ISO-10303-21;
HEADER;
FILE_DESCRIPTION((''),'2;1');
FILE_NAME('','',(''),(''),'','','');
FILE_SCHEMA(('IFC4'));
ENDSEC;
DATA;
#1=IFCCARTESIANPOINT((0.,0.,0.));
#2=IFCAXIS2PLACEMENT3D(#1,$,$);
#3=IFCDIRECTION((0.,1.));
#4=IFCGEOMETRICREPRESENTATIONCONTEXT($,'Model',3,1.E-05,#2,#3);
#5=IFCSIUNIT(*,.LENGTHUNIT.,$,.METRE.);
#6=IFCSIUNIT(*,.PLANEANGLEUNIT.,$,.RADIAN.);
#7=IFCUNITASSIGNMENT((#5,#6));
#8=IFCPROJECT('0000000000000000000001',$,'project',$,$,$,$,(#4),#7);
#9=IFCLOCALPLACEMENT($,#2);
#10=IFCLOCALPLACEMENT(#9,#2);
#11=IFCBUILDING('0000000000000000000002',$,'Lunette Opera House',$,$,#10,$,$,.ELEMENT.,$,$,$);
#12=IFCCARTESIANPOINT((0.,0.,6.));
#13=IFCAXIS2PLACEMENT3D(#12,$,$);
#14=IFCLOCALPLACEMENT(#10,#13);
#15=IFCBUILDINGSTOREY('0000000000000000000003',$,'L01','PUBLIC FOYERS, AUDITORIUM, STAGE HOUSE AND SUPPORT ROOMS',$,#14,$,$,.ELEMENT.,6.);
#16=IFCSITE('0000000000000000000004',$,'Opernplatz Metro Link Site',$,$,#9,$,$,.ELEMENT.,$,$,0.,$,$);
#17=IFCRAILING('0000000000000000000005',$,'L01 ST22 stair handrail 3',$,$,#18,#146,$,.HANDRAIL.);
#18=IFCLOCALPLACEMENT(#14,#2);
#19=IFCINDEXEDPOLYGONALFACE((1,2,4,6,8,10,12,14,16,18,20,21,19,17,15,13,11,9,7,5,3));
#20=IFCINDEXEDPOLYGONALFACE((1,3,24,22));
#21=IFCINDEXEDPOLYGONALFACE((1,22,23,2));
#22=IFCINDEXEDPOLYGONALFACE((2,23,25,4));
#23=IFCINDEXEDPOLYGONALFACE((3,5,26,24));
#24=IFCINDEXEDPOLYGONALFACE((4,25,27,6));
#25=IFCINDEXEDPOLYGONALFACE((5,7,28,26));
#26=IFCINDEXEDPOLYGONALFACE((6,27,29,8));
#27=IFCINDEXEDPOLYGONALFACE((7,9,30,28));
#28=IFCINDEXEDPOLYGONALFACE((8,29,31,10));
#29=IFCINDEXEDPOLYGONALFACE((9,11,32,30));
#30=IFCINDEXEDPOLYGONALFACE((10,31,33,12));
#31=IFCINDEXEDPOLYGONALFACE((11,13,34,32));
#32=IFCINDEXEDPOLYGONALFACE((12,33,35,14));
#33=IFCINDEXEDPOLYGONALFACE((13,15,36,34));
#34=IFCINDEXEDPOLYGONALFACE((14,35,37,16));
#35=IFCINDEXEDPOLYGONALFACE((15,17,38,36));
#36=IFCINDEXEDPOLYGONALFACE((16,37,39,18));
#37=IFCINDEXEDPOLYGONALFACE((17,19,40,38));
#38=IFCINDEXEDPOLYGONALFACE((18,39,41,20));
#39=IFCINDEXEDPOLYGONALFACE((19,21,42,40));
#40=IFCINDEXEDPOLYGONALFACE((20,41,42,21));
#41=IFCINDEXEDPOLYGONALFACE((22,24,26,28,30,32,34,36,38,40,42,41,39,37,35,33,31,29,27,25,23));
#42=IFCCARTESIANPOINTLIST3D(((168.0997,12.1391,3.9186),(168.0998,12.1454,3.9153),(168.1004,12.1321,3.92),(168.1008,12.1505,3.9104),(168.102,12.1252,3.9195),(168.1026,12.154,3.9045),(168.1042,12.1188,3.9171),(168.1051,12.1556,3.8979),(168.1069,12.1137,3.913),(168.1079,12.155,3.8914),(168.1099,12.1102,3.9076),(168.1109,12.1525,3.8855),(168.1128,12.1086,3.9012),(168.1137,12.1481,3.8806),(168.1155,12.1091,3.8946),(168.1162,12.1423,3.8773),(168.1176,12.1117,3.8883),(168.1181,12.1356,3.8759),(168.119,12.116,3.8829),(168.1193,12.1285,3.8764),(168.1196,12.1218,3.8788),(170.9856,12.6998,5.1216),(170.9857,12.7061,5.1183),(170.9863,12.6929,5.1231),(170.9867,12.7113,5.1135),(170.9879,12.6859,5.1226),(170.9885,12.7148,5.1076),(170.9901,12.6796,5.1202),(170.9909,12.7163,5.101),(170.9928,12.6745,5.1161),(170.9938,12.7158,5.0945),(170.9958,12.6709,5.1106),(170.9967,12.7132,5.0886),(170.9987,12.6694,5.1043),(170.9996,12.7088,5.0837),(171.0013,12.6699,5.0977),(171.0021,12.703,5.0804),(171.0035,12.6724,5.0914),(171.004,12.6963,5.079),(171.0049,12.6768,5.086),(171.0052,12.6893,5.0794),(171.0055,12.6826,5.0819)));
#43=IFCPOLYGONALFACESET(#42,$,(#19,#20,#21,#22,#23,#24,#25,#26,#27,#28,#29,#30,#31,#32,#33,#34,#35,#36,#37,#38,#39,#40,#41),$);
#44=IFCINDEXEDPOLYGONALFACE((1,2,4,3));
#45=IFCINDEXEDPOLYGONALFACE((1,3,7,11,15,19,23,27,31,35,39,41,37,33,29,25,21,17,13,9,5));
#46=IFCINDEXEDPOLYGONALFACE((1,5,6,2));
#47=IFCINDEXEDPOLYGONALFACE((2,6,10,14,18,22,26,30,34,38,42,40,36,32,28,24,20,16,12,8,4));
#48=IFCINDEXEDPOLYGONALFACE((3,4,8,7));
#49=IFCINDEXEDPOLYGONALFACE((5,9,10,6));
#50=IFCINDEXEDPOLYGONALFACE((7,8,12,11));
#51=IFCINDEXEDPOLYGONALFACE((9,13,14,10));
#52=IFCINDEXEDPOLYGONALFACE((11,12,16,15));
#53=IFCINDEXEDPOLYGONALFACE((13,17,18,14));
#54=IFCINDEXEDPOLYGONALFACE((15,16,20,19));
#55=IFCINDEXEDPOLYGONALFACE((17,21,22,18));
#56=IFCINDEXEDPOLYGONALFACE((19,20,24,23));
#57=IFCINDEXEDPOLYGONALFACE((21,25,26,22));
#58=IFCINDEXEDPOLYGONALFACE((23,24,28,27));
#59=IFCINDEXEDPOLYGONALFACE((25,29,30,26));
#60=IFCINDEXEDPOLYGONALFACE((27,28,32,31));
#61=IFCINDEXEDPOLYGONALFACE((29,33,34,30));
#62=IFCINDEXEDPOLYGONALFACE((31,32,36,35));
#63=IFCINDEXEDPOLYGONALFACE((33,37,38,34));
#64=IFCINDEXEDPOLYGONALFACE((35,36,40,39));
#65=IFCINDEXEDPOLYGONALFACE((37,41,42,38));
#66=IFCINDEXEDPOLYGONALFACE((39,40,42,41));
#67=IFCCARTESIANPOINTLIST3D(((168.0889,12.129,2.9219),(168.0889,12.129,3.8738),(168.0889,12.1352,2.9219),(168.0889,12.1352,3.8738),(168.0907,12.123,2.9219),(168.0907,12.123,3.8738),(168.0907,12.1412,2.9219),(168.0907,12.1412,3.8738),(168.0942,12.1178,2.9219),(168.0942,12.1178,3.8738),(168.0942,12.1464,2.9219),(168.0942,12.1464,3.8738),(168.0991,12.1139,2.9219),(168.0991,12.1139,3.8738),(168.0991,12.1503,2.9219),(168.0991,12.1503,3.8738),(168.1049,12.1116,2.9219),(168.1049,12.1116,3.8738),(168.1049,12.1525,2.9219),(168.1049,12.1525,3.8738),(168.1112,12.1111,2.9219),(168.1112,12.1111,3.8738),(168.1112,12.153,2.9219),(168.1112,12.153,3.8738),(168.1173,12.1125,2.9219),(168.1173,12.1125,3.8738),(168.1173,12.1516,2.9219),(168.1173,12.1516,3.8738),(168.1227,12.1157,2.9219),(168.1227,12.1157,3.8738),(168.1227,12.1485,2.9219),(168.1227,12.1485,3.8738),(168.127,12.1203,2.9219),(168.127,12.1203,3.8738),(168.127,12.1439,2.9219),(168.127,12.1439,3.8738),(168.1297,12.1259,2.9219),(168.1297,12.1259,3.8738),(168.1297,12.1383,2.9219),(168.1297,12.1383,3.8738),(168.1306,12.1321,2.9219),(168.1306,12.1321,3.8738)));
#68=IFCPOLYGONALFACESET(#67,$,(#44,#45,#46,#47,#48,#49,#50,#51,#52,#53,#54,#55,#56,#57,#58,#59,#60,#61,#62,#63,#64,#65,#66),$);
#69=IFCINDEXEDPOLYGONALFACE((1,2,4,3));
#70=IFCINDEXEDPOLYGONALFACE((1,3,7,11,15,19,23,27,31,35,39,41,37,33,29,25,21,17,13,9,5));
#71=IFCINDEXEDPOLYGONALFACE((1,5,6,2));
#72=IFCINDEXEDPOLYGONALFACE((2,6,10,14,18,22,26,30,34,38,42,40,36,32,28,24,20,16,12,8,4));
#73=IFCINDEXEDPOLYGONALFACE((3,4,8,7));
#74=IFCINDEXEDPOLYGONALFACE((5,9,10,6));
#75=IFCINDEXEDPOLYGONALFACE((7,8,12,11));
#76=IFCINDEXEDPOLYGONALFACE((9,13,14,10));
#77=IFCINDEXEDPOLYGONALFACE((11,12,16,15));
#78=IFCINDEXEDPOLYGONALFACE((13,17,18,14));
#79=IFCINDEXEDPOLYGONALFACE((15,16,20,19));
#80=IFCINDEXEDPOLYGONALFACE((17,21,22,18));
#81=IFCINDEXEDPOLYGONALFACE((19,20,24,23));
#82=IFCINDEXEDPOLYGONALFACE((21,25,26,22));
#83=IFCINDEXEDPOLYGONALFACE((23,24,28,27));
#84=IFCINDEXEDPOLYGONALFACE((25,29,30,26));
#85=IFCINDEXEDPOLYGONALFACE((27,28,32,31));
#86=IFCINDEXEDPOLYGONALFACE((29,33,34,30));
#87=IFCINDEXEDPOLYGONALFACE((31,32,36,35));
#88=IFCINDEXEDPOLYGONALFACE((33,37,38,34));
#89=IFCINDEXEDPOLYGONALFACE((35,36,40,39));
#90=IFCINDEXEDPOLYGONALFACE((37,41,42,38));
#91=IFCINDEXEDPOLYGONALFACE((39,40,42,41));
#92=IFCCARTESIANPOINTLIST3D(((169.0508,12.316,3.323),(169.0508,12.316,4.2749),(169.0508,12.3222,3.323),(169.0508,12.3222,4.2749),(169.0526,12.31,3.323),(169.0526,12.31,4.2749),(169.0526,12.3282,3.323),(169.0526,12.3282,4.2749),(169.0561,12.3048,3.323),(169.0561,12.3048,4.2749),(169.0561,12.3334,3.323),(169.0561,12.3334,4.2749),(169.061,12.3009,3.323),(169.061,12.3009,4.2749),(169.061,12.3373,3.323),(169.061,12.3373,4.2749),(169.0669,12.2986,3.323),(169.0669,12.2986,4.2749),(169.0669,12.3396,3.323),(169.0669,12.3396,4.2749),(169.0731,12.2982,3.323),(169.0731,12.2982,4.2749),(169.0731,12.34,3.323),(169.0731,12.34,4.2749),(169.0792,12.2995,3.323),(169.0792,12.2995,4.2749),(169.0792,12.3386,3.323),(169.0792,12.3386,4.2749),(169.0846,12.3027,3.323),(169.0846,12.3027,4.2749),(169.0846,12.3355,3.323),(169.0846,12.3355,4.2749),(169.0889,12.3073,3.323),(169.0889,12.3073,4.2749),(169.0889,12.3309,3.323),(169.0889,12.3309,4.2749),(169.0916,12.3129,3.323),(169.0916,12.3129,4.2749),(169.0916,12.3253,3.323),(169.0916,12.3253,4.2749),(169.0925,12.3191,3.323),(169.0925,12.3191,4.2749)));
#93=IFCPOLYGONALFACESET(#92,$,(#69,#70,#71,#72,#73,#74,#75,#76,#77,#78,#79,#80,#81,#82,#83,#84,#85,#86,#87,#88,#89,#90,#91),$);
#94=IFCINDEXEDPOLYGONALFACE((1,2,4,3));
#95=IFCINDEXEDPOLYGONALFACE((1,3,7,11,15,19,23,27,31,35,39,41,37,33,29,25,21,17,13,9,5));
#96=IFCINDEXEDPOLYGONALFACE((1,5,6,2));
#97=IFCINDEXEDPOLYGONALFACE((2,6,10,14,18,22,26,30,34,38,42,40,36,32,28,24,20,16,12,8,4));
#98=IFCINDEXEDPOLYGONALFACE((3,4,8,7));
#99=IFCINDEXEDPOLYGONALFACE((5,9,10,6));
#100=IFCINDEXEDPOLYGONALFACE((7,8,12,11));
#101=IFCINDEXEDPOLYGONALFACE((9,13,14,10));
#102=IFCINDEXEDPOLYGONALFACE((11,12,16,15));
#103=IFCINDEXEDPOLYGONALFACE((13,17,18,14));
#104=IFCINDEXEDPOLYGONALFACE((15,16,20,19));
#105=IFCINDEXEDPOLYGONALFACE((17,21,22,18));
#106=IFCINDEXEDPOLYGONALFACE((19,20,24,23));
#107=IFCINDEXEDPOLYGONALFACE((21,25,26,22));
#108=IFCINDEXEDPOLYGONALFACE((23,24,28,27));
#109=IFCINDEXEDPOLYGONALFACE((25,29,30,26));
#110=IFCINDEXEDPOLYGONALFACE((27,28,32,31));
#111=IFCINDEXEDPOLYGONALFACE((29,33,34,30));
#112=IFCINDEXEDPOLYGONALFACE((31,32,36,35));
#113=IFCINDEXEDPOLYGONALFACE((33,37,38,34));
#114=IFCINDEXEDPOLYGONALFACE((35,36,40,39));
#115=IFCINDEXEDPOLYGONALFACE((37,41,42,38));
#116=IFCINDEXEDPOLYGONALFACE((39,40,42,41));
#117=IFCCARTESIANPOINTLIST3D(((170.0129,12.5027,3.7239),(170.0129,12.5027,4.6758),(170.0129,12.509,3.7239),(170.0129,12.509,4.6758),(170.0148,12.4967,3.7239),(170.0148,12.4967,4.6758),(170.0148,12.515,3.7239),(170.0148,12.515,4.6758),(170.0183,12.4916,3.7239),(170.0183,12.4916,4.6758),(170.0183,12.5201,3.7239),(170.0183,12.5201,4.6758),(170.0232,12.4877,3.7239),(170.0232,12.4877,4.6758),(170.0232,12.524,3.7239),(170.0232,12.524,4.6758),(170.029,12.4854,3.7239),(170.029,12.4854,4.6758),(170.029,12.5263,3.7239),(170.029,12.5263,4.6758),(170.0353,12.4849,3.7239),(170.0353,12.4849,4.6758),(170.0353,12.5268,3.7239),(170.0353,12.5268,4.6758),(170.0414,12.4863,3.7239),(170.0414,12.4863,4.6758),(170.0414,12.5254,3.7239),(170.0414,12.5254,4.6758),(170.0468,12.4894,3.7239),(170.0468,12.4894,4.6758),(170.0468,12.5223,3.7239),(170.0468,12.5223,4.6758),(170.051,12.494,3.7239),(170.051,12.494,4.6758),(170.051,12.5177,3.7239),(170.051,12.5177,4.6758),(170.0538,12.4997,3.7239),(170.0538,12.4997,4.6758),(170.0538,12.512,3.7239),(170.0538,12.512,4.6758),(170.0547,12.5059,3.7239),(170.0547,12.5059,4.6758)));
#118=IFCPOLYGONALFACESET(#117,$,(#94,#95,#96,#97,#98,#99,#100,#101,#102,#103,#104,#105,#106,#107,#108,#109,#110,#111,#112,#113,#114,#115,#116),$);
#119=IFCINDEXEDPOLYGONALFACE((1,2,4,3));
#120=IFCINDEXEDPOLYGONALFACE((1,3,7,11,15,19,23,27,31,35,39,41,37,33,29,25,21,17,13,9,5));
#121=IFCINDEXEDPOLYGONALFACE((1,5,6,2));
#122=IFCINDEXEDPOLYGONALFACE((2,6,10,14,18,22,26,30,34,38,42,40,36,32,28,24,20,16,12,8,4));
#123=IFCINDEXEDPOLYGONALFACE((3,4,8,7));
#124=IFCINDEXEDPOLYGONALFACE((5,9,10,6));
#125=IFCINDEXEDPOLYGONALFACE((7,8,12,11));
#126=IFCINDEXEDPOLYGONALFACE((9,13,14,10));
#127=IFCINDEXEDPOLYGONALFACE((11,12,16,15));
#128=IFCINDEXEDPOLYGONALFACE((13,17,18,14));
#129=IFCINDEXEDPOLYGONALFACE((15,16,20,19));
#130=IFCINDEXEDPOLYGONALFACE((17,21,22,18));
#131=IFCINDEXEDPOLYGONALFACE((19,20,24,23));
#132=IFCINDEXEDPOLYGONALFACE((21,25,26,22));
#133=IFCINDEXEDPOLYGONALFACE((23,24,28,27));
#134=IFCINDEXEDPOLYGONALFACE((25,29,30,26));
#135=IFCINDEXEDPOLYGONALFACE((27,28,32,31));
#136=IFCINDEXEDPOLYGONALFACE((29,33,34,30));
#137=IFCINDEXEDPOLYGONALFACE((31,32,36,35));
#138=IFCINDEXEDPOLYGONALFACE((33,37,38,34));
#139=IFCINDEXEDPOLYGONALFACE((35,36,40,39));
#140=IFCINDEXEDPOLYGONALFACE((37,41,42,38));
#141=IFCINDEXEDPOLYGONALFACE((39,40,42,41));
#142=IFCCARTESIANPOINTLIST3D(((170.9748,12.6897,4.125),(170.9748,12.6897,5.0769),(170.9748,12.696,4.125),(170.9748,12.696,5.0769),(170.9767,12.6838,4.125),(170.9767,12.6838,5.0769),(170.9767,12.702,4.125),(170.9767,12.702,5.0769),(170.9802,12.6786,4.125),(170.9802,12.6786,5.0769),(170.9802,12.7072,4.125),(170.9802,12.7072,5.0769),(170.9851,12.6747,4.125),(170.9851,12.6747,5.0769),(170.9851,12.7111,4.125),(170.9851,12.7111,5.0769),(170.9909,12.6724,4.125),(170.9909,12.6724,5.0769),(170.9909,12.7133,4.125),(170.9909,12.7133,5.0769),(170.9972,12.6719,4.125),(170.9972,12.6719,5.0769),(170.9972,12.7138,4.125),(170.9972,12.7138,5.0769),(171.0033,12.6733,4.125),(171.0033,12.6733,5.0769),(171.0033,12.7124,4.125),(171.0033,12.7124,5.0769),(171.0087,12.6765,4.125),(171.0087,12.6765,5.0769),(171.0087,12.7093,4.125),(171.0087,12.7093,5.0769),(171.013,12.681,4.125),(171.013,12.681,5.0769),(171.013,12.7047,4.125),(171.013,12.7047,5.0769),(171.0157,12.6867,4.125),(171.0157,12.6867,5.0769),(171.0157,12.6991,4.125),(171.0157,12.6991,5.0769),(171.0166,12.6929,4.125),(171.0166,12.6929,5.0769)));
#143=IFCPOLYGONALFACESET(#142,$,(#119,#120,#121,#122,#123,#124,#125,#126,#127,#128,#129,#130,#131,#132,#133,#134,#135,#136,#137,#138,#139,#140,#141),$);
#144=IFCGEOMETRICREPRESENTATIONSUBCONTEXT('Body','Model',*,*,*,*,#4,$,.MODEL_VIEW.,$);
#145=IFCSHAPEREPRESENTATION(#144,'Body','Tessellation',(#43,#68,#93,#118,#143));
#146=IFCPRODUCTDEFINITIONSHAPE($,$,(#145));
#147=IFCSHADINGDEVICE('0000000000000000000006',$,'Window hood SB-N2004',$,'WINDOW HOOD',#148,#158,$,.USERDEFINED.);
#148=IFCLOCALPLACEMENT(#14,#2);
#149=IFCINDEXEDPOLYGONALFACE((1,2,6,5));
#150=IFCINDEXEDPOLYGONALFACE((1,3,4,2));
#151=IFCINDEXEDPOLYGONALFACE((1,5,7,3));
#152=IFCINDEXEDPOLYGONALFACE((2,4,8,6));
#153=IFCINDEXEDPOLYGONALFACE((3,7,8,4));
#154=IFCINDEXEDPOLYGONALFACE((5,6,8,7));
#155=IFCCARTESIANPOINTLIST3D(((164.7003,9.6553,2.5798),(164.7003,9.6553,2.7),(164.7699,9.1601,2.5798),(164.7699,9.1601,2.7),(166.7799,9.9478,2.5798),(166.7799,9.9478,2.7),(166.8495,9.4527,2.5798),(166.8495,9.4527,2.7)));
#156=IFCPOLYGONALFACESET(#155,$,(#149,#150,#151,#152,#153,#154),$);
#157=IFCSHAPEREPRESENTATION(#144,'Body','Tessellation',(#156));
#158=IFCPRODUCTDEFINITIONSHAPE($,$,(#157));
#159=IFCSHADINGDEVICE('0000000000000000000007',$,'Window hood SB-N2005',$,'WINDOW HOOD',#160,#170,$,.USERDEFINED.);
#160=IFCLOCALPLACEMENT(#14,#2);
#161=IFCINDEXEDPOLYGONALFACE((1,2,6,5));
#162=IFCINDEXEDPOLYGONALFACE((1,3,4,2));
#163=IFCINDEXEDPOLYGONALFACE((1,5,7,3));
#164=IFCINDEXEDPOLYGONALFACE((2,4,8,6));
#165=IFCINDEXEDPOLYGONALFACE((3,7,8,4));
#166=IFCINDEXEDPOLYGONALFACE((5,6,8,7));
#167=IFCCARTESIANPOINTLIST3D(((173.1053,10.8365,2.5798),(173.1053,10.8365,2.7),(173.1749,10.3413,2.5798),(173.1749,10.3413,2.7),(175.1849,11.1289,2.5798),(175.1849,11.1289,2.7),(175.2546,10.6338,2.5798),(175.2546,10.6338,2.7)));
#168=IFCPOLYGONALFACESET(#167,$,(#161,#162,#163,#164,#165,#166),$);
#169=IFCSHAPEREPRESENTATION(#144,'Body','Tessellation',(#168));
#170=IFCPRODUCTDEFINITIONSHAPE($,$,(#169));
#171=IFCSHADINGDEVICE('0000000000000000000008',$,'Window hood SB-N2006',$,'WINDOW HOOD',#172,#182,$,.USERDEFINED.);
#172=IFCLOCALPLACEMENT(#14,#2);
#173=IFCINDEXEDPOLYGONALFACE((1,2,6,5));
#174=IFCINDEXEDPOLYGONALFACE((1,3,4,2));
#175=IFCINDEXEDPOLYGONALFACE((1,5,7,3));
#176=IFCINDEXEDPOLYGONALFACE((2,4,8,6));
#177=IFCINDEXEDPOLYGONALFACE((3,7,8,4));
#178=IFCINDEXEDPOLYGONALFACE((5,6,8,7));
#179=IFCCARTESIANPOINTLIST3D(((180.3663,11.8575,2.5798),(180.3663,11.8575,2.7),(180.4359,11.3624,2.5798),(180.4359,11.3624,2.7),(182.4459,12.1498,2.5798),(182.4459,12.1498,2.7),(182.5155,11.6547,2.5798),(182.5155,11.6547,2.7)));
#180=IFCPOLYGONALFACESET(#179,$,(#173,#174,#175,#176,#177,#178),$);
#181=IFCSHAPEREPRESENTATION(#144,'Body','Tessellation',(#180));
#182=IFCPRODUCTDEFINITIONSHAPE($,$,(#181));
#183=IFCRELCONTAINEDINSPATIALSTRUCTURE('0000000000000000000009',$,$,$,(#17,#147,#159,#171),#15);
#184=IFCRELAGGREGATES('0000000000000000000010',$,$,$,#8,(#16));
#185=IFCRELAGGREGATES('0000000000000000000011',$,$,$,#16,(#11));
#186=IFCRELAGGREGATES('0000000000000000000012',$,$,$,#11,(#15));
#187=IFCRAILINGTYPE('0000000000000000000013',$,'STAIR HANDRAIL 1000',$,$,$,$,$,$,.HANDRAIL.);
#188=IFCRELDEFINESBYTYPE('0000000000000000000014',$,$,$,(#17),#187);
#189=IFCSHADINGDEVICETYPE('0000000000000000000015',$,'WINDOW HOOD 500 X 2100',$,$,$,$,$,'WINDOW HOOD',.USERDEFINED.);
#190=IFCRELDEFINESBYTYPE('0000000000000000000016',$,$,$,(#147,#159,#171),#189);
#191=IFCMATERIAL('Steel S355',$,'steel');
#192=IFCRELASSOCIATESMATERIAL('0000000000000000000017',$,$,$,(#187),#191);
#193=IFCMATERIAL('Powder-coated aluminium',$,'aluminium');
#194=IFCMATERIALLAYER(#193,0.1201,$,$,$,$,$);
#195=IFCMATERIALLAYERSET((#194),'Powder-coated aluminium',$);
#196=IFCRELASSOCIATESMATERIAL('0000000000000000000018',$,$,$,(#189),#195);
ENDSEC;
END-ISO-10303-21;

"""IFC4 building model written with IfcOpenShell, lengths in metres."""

from ifc_helpers import new_model, si_unit, direction, frame, origin, origin_2d, place, context, subcontext, project, spatial, rectangle, circle, extrude, material, layer, layer_set, type_object, element, save


model = new_model("IFC4")

# Units and contexts
model_context = context("Model", 3, precision=1e-05, world=origin(), true_north=direction((0.0, 1.0)))
body_context = subcontext(model_context, "Body", "Model", "MODEL_VIEW")
ifc_project = project(units=[si_unit("LENGTHUNIT", "METRE"), si_unit("PLANEANGLEUNIT", "RADIAN")], contexts=[model_context])

# Site, building, storey
site_placement = place(None, origin())
site = spatial("IfcSite", under=ifc_project, at=site_placement, Name="Opernplatz Metro Link Site", CompositionType="ELEMENT", RefElevation=0.0)
building_placement = place(site_placement, origin())
building = spatial("IfcBuilding", under=site, at=building_placement, Name="Lunette Opera House", CompositionType="ELEMENT")
storey_placement = place(building_placement, frame((0.0, 0.0, 6.0)))
storey = spatial("IfcBuildingStorey", under=building, at=storey_placement, Name="L01", Description="PUBLIC FOYERS, AUDITORIUM, STAGE HOUSE AND SUPPORT ROOMS", CompositionType="ELEMENT", Elevation=6.0)

# Railing
ifc_material_1 = material(Name="Steel S355", Category="steel")
railing_type_1 = type_object("IfcRailingType", Name="STAIR HANDRAIL 1000", PredefinedType="HANDRAIL", material=ifc_material_1)
for number, where, name in (
    (1, (168.1096, 12.1321, 2.9219), "L01 ST22 stair handrail 3"),
):
    element("IfcRailing", number, at=place(storey_placement, frame(where)), inside=storey, type_object=railing_type_1, Name=name, PredefinedType="HANDRAIL", context=body_context, shape_type="SweptSolid", body=[
        extrude(circle(Radius=0.0239, at=origin_2d()), frame((0.0, 0.0, 0.9761), z_axis=(0.908509, 0.176537, 0.378744), x_axis=(-0.190747, 0.981639, 0.0)), (0.0, 0.0, 1.0), 3.1765),
        extrude(circle(Radius=0.021, at=origin_2d()), origin(), (0.0, 0.0, 1.0), 0.9519),
        extrude(circle(Radius=0.021, at=origin_2d()), frame((0.9619, 0.187, 0.4011)), (0.0, 0.0, 1.0), 0.9519),
        extrude(circle(Radius=0.021, at=origin_2d()), frame((1.9241, 0.3738, 0.802)), (0.0, 0.0, 1.0), 0.9519),
        extrude(circle(Radius=0.021, at=origin_2d()), frame((2.886, 0.5608, 1.2031)), (0.0, 0.0, 1.0), 0.9519),
    ])

# Shading devices
ifc_material_2 = material(Name="Powder-coated aluminium", Category="aluminium")
ifc_layer_1 = layer(ifc_material_2, 0.1201)
ifc_layer_set_1 = layer_set([ifc_layer_1], Name="Powder-coated aluminium")
shading_device_type = type_object("IfcShadingDeviceType", Name="WINDOW HOOD 500 X 2100", ElementType="WINDOW HOOD", PredefinedType="USERDEFINED", material=ifc_layer_set_1)
for number, where, z_axis, x_axis, name in (
    (2, (165.7749, 9.554, 2.5798), (0.0, 0.0, 1.0), (0.139289, -0.990252, 0.0), "Window hood SB-N2004"),
    (3, (174.1799, 10.7351, 2.5798), (0.0, 0.0, 1.0), (0.139246, -0.990258, 0.0), "Window hood SB-N2005"),
    (4, (181.4409, 11.7561, 2.5798), (0.0, 0.0, 1.0), (0.139206, -0.990263, 0.0), "Window hood SB-N2006"),
):
    element("IfcShadingDevice", number, at=place(storey_placement, frame(where, z_axis=z_axis, x_axis=x_axis)), inside=storey, type_object=shading_device_type, Name=name, ObjectType="WINDOW HOOD", PredefinedType="USERDEFINED", context=body_context, shape_type="SweptSolid", body=[
        extrude(rectangle(XDim=0.5, YDim=2.1001, at=origin_2d()), origin(), (0.0, 0.0, 1.0), 0.1201),
    ])

save(model, "model.ifc")
